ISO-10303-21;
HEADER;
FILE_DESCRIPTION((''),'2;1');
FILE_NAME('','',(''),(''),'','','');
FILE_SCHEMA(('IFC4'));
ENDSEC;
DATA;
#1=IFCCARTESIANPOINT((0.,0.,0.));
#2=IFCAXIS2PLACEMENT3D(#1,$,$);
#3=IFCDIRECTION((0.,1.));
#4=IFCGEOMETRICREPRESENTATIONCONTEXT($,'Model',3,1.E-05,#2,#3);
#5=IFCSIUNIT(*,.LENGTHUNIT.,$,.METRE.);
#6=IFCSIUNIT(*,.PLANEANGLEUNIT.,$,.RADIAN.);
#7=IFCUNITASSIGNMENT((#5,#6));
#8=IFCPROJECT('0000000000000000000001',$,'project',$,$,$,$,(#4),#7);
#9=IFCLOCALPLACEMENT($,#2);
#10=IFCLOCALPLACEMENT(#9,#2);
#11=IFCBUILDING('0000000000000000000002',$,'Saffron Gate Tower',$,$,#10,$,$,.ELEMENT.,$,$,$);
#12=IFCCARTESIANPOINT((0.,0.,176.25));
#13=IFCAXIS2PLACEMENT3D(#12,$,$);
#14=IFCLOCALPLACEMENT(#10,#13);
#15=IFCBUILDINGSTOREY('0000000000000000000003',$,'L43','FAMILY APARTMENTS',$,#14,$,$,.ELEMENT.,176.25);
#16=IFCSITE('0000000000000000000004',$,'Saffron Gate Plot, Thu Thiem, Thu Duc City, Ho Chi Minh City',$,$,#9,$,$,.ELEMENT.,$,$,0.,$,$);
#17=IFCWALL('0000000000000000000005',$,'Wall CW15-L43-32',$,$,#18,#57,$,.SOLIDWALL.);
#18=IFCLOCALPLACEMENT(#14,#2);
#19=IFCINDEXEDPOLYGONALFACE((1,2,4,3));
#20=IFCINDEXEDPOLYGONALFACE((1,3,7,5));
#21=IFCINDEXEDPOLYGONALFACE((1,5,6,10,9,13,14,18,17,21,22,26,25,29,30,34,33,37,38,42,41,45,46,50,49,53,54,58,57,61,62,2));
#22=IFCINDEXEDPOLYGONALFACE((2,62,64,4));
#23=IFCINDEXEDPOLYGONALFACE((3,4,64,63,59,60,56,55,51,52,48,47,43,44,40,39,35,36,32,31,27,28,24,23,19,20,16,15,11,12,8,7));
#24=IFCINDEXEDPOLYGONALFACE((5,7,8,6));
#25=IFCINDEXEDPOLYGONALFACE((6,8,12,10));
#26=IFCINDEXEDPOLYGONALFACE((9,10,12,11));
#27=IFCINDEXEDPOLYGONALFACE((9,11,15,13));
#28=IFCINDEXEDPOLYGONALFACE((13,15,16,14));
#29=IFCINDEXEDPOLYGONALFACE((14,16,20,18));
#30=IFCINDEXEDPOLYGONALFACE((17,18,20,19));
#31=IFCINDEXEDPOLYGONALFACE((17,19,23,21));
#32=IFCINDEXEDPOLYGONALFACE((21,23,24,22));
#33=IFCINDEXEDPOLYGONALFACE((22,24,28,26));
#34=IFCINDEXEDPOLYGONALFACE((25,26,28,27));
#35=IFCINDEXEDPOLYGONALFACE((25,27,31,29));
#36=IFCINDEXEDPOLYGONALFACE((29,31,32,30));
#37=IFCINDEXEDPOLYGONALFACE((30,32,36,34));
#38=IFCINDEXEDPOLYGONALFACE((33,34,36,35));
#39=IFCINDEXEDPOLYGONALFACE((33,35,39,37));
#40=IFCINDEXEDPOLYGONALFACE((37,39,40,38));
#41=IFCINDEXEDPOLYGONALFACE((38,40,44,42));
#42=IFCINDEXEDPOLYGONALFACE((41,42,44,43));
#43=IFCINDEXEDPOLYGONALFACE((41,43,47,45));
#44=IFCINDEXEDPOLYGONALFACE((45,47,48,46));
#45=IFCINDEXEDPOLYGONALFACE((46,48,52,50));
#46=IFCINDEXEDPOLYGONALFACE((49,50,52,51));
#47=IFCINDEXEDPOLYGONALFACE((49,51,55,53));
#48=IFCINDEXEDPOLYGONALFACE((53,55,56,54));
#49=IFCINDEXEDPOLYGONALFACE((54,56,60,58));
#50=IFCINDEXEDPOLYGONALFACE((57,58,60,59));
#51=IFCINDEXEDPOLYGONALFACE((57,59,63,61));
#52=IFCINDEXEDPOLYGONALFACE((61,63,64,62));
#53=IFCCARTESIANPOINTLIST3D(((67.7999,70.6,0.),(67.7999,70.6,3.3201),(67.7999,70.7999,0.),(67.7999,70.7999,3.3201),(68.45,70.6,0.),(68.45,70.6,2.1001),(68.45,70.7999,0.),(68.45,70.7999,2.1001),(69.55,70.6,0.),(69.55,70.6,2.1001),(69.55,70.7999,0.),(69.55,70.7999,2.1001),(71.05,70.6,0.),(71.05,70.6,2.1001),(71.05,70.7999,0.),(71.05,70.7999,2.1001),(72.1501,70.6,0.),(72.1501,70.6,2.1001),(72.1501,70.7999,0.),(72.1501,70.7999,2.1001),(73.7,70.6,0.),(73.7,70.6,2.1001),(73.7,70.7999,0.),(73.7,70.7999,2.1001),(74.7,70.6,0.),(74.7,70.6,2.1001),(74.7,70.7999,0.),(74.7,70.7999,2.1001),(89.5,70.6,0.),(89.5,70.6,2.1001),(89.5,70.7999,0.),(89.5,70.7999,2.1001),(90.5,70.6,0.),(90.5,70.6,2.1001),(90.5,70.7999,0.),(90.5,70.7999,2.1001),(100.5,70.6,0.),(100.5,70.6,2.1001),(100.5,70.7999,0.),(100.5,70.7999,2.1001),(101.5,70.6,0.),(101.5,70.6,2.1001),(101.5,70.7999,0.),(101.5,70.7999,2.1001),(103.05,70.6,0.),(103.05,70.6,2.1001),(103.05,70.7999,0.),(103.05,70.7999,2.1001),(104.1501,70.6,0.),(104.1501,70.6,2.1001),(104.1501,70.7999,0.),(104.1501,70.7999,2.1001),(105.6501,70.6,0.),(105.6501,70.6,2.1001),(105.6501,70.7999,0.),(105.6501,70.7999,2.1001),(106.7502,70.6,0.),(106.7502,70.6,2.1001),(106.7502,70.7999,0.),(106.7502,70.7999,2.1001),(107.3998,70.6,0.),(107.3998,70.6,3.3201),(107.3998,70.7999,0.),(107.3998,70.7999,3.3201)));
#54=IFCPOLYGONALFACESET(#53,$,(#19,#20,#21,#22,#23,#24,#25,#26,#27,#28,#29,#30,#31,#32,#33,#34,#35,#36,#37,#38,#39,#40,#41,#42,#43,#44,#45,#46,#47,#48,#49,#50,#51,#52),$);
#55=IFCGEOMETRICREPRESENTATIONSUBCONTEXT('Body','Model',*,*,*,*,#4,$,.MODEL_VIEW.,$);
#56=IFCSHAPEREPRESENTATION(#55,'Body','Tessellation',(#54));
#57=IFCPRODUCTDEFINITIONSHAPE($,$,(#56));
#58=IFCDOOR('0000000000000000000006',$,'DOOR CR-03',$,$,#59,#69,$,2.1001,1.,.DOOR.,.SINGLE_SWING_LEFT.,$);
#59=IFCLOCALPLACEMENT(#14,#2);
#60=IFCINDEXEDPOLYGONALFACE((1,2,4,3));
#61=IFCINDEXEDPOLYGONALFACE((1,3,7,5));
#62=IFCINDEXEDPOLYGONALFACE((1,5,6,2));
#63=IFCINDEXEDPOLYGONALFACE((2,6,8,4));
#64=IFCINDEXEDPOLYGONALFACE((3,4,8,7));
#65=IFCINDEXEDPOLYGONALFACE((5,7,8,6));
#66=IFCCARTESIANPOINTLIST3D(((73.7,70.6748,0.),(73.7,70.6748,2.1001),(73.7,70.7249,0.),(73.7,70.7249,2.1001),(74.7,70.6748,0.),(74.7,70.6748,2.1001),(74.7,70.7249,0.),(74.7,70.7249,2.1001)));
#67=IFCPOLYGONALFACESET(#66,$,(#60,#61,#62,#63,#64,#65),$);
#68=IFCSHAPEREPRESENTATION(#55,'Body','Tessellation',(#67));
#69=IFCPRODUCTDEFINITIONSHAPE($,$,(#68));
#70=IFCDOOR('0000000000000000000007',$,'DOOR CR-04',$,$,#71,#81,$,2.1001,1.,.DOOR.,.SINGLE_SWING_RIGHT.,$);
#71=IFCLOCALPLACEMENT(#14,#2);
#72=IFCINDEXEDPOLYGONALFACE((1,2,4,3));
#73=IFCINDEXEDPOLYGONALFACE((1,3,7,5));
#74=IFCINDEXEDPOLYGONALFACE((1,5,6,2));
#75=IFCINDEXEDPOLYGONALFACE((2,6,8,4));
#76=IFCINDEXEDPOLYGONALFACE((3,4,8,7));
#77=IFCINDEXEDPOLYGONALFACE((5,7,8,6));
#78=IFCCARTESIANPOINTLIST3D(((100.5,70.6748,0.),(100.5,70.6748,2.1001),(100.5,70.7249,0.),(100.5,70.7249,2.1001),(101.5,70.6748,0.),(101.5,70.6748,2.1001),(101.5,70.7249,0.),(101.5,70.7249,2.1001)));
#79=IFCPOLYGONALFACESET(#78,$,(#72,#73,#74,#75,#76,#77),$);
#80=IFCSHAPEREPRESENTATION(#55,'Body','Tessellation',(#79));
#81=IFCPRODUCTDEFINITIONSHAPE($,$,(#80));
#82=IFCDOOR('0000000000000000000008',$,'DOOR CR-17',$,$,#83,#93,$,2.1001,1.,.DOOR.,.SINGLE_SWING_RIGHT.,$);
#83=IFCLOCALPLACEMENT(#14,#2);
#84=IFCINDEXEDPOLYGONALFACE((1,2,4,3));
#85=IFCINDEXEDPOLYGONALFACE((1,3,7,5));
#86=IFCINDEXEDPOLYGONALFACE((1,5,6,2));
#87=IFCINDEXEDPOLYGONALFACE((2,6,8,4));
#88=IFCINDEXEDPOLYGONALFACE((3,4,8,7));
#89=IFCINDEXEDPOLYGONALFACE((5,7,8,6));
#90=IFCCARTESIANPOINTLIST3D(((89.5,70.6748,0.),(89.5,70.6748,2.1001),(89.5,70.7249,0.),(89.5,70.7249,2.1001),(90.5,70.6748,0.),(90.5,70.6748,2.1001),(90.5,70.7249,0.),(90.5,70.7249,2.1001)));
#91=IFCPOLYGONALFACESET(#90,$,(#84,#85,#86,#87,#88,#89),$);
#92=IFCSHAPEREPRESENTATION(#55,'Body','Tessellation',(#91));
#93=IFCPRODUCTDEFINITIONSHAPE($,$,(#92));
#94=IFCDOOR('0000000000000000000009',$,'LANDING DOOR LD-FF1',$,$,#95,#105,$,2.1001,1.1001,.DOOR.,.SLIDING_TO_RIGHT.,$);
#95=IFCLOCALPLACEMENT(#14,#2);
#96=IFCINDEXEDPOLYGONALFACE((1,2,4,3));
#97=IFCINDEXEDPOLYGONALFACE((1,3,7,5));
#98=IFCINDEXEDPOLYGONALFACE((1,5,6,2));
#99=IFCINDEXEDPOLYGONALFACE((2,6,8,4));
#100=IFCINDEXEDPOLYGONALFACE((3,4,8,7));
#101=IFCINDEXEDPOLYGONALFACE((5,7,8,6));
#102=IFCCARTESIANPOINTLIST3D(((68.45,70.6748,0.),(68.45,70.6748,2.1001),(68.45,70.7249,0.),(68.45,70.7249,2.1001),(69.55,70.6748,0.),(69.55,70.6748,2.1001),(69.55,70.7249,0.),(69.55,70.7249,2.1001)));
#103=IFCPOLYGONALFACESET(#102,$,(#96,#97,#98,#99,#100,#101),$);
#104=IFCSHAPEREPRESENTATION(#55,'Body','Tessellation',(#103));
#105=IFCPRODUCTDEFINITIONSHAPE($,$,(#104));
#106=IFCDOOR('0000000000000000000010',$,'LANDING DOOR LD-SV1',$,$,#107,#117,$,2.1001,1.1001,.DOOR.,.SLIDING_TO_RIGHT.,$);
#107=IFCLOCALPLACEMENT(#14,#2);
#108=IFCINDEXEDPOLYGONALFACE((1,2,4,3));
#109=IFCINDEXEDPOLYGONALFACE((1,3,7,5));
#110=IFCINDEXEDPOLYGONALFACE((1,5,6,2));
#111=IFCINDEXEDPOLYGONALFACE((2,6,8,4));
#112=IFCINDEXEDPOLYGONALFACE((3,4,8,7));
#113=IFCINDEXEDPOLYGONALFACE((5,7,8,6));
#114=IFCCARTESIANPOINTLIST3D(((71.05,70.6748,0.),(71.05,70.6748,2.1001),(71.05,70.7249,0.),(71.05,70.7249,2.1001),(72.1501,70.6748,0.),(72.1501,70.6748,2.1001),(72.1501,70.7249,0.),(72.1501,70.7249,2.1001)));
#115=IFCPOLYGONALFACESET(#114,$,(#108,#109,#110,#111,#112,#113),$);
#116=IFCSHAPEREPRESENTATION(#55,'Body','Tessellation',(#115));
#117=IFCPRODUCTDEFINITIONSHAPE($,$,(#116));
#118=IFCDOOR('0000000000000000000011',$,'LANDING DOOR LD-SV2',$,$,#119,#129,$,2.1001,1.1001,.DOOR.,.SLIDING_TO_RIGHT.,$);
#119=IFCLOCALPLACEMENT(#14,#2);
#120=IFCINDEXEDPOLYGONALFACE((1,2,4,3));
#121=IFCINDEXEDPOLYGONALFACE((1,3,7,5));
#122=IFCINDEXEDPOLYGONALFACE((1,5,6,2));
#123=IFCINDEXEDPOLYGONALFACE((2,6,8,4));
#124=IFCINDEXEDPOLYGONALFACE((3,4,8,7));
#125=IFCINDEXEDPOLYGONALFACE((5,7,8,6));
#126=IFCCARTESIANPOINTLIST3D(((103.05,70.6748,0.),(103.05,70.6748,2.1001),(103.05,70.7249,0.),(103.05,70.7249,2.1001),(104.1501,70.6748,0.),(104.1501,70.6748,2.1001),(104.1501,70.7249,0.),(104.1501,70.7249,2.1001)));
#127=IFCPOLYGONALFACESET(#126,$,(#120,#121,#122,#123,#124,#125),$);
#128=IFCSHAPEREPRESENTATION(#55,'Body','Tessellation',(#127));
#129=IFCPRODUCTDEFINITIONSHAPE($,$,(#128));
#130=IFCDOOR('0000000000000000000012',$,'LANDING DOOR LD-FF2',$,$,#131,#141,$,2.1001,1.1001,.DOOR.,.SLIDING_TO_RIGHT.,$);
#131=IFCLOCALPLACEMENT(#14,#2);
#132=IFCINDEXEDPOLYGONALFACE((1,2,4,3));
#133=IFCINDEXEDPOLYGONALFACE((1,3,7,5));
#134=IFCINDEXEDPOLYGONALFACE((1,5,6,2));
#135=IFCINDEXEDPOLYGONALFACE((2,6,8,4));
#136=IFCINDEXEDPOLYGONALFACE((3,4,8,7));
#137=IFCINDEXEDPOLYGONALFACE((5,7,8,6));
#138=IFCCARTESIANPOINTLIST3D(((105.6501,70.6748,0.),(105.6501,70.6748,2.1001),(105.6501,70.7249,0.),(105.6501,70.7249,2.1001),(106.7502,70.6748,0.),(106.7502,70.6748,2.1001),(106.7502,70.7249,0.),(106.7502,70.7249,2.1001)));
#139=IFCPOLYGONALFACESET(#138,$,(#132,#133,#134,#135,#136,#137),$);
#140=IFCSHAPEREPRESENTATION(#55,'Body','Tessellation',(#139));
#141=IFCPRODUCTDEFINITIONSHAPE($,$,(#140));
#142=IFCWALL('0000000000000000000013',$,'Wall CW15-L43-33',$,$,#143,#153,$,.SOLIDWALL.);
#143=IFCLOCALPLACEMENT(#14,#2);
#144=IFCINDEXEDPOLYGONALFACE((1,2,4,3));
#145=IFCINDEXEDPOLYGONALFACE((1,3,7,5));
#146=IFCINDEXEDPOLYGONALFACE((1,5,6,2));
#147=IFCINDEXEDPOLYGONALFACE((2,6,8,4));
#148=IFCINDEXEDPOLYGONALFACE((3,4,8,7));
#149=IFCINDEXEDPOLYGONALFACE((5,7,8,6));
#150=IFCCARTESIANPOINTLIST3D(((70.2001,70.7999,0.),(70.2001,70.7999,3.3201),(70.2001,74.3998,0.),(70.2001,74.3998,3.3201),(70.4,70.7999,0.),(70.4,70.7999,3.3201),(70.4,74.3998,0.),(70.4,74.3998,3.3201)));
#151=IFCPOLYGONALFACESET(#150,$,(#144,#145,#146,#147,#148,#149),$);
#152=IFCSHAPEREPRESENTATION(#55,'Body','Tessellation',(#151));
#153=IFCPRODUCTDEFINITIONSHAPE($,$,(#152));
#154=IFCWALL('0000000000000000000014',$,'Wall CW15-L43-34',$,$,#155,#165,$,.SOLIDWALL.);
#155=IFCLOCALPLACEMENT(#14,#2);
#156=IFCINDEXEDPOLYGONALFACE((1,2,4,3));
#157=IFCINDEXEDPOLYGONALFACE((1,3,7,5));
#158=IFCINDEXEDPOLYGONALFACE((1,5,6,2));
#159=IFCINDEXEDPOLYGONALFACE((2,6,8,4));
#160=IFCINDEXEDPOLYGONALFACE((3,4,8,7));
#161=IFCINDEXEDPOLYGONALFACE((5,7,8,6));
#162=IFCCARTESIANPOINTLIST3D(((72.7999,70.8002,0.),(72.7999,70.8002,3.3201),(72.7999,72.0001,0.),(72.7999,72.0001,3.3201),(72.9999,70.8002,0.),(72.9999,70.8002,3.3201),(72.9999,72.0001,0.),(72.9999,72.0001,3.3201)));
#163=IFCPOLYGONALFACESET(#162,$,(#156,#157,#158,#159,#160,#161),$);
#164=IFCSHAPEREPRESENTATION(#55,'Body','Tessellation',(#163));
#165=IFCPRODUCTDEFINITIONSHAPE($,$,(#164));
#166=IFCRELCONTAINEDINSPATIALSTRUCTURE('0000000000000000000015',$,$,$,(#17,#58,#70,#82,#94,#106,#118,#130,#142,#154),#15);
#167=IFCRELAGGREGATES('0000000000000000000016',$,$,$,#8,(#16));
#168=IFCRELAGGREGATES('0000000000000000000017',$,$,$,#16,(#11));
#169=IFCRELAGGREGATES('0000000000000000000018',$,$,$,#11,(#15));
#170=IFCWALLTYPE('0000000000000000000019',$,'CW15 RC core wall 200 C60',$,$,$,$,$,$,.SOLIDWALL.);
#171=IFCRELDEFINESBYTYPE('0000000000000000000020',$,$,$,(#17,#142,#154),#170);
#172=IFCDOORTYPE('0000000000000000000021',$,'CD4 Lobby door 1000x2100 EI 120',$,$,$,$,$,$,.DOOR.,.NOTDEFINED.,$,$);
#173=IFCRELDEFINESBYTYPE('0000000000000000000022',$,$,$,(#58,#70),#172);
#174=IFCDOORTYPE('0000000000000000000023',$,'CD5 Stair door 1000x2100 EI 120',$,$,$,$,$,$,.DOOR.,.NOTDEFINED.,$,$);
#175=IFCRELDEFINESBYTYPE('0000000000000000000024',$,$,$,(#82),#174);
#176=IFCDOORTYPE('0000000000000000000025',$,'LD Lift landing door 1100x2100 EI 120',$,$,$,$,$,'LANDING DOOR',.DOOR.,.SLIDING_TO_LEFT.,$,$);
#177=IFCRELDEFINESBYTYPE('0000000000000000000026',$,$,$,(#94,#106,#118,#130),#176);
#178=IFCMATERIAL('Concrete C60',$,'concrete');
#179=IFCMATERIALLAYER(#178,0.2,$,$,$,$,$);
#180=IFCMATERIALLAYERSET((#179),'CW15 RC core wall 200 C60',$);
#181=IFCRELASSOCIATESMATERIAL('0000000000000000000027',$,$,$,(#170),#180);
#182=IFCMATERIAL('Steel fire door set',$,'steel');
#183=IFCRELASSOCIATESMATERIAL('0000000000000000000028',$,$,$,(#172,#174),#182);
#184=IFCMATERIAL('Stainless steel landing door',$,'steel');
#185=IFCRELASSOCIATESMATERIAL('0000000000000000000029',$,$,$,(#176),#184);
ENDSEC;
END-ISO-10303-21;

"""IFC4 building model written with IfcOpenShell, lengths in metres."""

from ifc_helpers import new_model, si_unit, direction, frame, frame_2d, origin, place, context, subcontext, project, spatial, rectangle, extrude, material, layer, layer_set, type_object, element, fill, save


model = new_model("IFC4")

# Units and contexts
model_context = context("Model", 3, precision=1e-05, world=origin(), true_north=direction((0.0, 1.0)))
body_context = subcontext(model_context, "Body", "Model", "MODEL_VIEW")
ifc_project = project(units=[si_unit("LENGTHUNIT", "METRE"), si_unit("PLANEANGLEUNIT", "RADIAN")], contexts=[model_context])

# Site, building, storey
site_placement = place(None, origin())
site = spatial("IfcSite", under=ifc_project, at=site_placement, Name="Saffron Gate Plot, Thu Thiem, Thu Duc City, Ho Chi Minh City", CompositionType="ELEMENT", RefElevation=0.0)
building_placement = place(site_placement, origin())
building = spatial("IfcBuilding", under=site, at=building_placement, Name="Saffron Gate Tower", CompositionType="ELEMENT")
storey_placement = place(building_placement, frame((0.0, 0.0, 176.25)))
storey = spatial("IfcBuildingStorey", under=building, at=storey_placement, Name="L43", Description="FAMILY APARTMENTS", CompositionType="ELEMENT", Elevation=176.25)

# Shared definitions
ifc_material_1 = material(Name="Concrete C60", Category="concrete")

# Wall, openings, doors
ifc_layer_1 = layer(ifc_material_1, 0.2)
ifc_layer_set_1 = layer_set([ifc_layer_1], Name="CW15 RC core wall 200 C60")
wall_type_1 = type_object("IfcWallType", Name="CW15 RC core wall 200 C60", PredefinedType="SOLIDWALL", material=ifc_layer_set_1)
wall_1_placement = place(storey_placement, frame((67.8, 70.7, 0.0), z_axis=(0.0, 0.0, 1.0), x_axis=(1.0, 0.0, 0.0)))
wall_1 = element("IfcWall", 1, at=wall_1_placement, inside=storey, type_object=wall_type_1, Name="Wall CW15-L43-32", PredefinedType="SOLIDWALL", context=body_context, shape_type="SweptSolid", body=[
    extrude(rectangle(XDim=39.5999, YDim=0.2, at=frame_2d((19.7998, 0.0))), origin(), (0.0, 0.0, 1.0), 3.3201),
])
opening_1_placement = place(wall_1_placement, frame((0.6499, 0.0, 0.0)))
opening_1 = element("IfcOpeningElement", 2, at=opening_1_placement, cuts=wall_1, PredefinedType="OPENING", context=body_context, shape_type="SweptSolid", body=[
    extrude(rectangle(XDim=1.1001, YDim=2.1001, at=frame_2d((0.55, 1.05))), frame((0.0, 0.1099, 0.0), z_axis=(0.0, -1.0, 0.0), x_axis=(1.0, 0.0, 0.0)), (0.0, 0.0, 1.0), 0.22),
])
opening_2_placement = place(wall_1_placement, frame((3.25, 0.0, 0.0)))
opening_2 = element("IfcOpeningElement", 3, at=opening_2_placement, cuts=wall_1, PredefinedType="OPENING", context=body_context, shape_type="SweptSolid", body=[
    extrude(rectangle(XDim=1.1001, YDim=2.1001, at=frame_2d((0.55, 1.05))), frame((0.0, 0.1099, 0.0), z_axis=(0.0, -1.0, 0.0), x_axis=(1.0, 0.0, 0.0)), (0.0, 0.0, 1.0), 0.22),
])
opening_3_placement = place(wall_1_placement, frame((5.8999, 0.0, 0.0)))
opening_3 = element("IfcOpeningElement", 4, at=opening_3_placement, cuts=wall_1, PredefinedType="OPENING", context=body_context, shape_type="SweptSolid", body=[
    extrude(rectangle(XDim=1.0, YDim=2.1001, at=frame_2d((0.5, 1.05))), frame((0.0, 0.1099, 0.0), z_axis=(0.0, -1.0, 0.0), x_axis=(1.0, 0.0, 0.0)), (0.0, 0.0, 1.0), 0.22),
])
opening_4_placement = place(wall_1_placement, frame((21.7, 0.0, 0.0)))
opening_4 = element("IfcOpeningElement", 5, at=opening_4_placement, cuts=wall_1, PredefinedType="OPENING", context=body_context, shape_type="SweptSolid", body=[
    extrude(rectangle(XDim=1.0, YDim=2.1001, at=frame_2d((0.5, 1.05))), frame((0.0, 0.1099, 0.0), z_axis=(0.0, -1.0, 0.0), x_axis=(1.0, 0.0, 0.0)), (0.0, 0.0, 1.0), 0.22),
])
opening_5_placement = place(wall_1_placement, frame((32.7, 0.0, 0.0)))
opening_5 = element("IfcOpeningElement", 6, at=opening_5_placement, cuts=wall_1, PredefinedType="OPENING", context=body_context, shape_type="SweptSolid", body=[
    extrude(rectangle(XDim=1.0, YDim=2.1001, at=frame_2d((0.5, 1.05))), frame((0.0, 0.1099, 0.0), z_axis=(0.0, -1.0, 0.0), x_axis=(1.0, 0.0, 0.0)), (0.0, 0.0, 1.0), 0.22),
])
opening_6_placement = place(wall_1_placement, frame((35.25, 0.0, 0.0)))
opening_6 = element("IfcOpeningElement", 7, at=opening_6_placement, cuts=wall_1, PredefinedType="OPENING", context=body_context, shape_type="SweptSolid", body=[
    extrude(rectangle(XDim=1.1001, YDim=2.1001, at=frame_2d((0.55, 1.05))), frame((0.0, 0.1099, 0.0), z_axis=(0.0, -1.0, 0.0), x_axis=(1.0, 0.0, 0.0)), (0.0, 0.0, 1.0), 0.22),
])
opening_7_placement = place(wall_1_placement, frame((37.8501, 0.0, 0.0)))
opening_7 = element("IfcOpeningElement", 8, at=opening_7_placement, cuts=wall_1, PredefinedType="OPENING", context=body_context, shape_type="SweptSolid", body=[
    extrude(rectangle(XDim=1.1001, YDim=2.1001, at=frame_2d((0.55, 1.05))), frame((0.0, 0.1099, 0.0), z_axis=(0.0, -1.0, 0.0), x_axis=(1.0, 0.0, 0.0)), (0.0, 0.0, 1.0), 0.22),
])
ifc_material_2 = material(Name="Steel fire door set", Category="steel")
door_type_1 = type_object("IfcDoorType", Name="CD4 Lobby door 1000x2100 EI 120", OperationType="NOTDEFINED", PredefinedType="DOOR", material=ifc_material_2)
door_1_placement = place(opening_3_placement, origin())
door_1 = element("IfcDoor", 9, at=door_1_placement, inside=storey, type_object=door_type_1, Name="DOOR CR-03", OperationType="SINGLE_SWING_LEFT", OverallHeight=2.1001, OverallWidth=1.0, PredefinedType="DOOR", context=body_context, shape_type="SweptSolid", body=[
    extrude(rectangle(XDim=1.0, YDim=2.1001, at=frame_2d((0.5, 1.05))), frame((0.0, 0.0249, 0.0), z_axis=(0.0, -1.0, 0.0), x_axis=(1.0, 0.0, 0.0)), (0.0, 0.0, 1.0), 0.05),
])
fill(opening_3, door_1)
door_2_placement = place(opening_5_placement, origin())
door_2 = element("IfcDoor", 10, at=door_2_placement, inside=storey, type_object=door_type_1, Name="DOOR CR-04", OperationType="SINGLE_SWING_RIGHT", OverallHeight=2.1001, OverallWidth=1.0, PredefinedType="DOOR", context=body_context, shape_type="SweptSolid", body=[
    extrude(rectangle(XDim=1.0, YDim=2.1001, at=frame_2d((0.5, 1.05))), frame((0.0, 0.0249, 0.0), z_axis=(0.0, -1.0, 0.0), x_axis=(1.0, 0.0, 0.0)), (0.0, 0.0, 1.0), 0.05),
])
fill(opening_5, door_2)
door_type_2 = type_object("IfcDoorType", Name="CD5 Stair door 1000x2100 EI 120", OperationType="NOTDEFINED", PredefinedType="DOOR", material=ifc_material_2)
door_3_placement = place(opening_4_placement, origin())
door_3 = element("IfcDoor", 11, at=door_3_placement, inside=storey, type_object=door_type_2, Name="DOOR CR-17", OperationType="SINGLE_SWING_RIGHT", OverallHeight=2.1001, OverallWidth=1.0, PredefinedType="DOOR", context=body_context, shape_type="SweptSolid", body=[
    extrude(rectangle(XDim=1.0, YDim=2.1001, at=frame_2d((0.5, 1.05))), frame((0.0, 0.0249, 0.0), z_axis=(0.0, -1.0, 0.0), x_axis=(1.0, 0.0, 0.0)), (0.0, 0.0, 1.0), 0.05),
])
fill(opening_4, door_3)
ifc_material_3 = material(Name="Stainless steel landing door", Category="steel")
door_type_3 = type_object("IfcDoorType", Name="LD Lift landing door 1100x2100 EI 120", ElementType="LANDING DOOR", OperationType="SLIDING_TO_LEFT", PredefinedType="DOOR", material=ifc_material_3)
door_4_placement = place(opening_1_placement, origin())
door_4 = element("IfcDoor", 12, at=door_4_placement, inside=storey, type_object=door_type_3, Name="LANDING DOOR LD-FF1", OperationType="SLIDING_TO_RIGHT", OverallHeight=2.1001, OverallWidth=1.1001, PredefinedType="DOOR", context=body_context, shape_type="SweptSolid", body=[
    extrude(rectangle(XDim=1.1001, YDim=2.1001, at=frame_2d((0.55, 1.05))), frame((0.0, 0.0249, 0.0), z_axis=(0.0, -1.0, 0.0), x_axis=(1.0, 0.0, 0.0)), (0.0, 0.0, 1.0), 0.05),
])
fill(opening_1, door_4)
door_5_placement = place(opening_2_placement, origin())
door_5 = element("IfcDoor", 13, at=door_5_placement, inside=storey, type_object=door_type_3, Name="LANDING DOOR LD-SV1", OperationType="SLIDING_TO_RIGHT", OverallHeight=2.1001, OverallWidth=1.1001, PredefinedType="DOOR", context=body_context, shape_type="SweptSolid", body=[
    extrude(rectangle(XDim=1.1001, YDim=2.1001, at=frame_2d((0.55, 1.05))), frame((0.0, 0.0249, 0.0), z_axis=(0.0, -1.0, 0.0), x_axis=(1.0, 0.0, 0.0)), (0.0, 0.0, 1.0), 0.05),
])
fill(opening_2, door_5)
door_6_placement = place(opening_6_placement, origin())
door_6 = element("IfcDoor", 14, at=door_6_placement, inside=storey, type_object=door_type_3, Name="LANDING DOOR LD-SV2", OperationType="SLIDING_TO_RIGHT", OverallHeight=2.1001, OverallWidth=1.1001, PredefinedType="DOOR", context=body_context, shape_type="SweptSolid", body=[
    extrude(rectangle(XDim=1.1001, YDim=2.1001, at=frame_2d((0.55, 1.05))), frame((0.0, 0.0249, 0.0), z_axis=(0.0, -1.0, 0.0), x_axis=(1.0, 0.0, 0.0)), (0.0, 0.0, 1.0), 0.05),
])
fill(opening_6, door_6)
door_7_placement = place(opening_7_placement, origin())
door_7 = element("IfcDoor", 15, at=door_7_placement, inside=storey, type_object=door_type_3, Name="LANDING DOOR LD-FF2", OperationType="SLIDING_TO_RIGHT", OverallHeight=2.1001, OverallWidth=1.1001, PredefinedType="DOOR", context=body_context, shape_type="SweptSolid", body=[
    extrude(rectangle(XDim=1.1001, YDim=2.1001, at=frame_2d((0.55, 1.05))), frame((0.0, 0.0249, 0.0), z_axis=(0.0, -1.0, 0.0), x_axis=(1.0, 0.0, 0.0)), (0.0, 0.0, 1.0), 0.05),
])
fill(opening_7, door_7)

# Walls
wall_2_placement = place(storey_placement, frame((70.3, 70.8, 0.0), z_axis=(0.0, 0.0, 1.0), x_axis=(0.0, 1.0, 0.0)))
element("IfcWall", 16, at=wall_2_placement, inside=storey, type_object=wall_type_1, Name="Wall CW15-L43-33", PredefinedType="SOLIDWALL", context=body_context, shape_type="SweptSolid", body=[
    extrude(rectangle(XDim=3.5999, YDim=0.2, at=frame_2d((1.7998, 0.0))), origin(), (0.0, 0.0, 1.0), 3.3201),
])
wall_3_placement = place(storey_placement, frame((72.8999, 70.8, 0.0), z_axis=(0.0, 0.0, 1.0), x_axis=(0.0, 1.0, 0.0)))
element("IfcWall", 17, at=wall_3_placement, inside=storey, type_object=wall_type_1, Name="Wall CW15-L43-34", PredefinedType="SOLIDWALL", context=body_context, shape_type="SweptSolid", body=[
    extrude(rectangle(XDim=1.2, YDim=0.2, at=frame_2d((0.6001, 0.0))), origin(), (0.0, 0.0, 1.0), 3.3201),
])

save(model, "model.ifc")
